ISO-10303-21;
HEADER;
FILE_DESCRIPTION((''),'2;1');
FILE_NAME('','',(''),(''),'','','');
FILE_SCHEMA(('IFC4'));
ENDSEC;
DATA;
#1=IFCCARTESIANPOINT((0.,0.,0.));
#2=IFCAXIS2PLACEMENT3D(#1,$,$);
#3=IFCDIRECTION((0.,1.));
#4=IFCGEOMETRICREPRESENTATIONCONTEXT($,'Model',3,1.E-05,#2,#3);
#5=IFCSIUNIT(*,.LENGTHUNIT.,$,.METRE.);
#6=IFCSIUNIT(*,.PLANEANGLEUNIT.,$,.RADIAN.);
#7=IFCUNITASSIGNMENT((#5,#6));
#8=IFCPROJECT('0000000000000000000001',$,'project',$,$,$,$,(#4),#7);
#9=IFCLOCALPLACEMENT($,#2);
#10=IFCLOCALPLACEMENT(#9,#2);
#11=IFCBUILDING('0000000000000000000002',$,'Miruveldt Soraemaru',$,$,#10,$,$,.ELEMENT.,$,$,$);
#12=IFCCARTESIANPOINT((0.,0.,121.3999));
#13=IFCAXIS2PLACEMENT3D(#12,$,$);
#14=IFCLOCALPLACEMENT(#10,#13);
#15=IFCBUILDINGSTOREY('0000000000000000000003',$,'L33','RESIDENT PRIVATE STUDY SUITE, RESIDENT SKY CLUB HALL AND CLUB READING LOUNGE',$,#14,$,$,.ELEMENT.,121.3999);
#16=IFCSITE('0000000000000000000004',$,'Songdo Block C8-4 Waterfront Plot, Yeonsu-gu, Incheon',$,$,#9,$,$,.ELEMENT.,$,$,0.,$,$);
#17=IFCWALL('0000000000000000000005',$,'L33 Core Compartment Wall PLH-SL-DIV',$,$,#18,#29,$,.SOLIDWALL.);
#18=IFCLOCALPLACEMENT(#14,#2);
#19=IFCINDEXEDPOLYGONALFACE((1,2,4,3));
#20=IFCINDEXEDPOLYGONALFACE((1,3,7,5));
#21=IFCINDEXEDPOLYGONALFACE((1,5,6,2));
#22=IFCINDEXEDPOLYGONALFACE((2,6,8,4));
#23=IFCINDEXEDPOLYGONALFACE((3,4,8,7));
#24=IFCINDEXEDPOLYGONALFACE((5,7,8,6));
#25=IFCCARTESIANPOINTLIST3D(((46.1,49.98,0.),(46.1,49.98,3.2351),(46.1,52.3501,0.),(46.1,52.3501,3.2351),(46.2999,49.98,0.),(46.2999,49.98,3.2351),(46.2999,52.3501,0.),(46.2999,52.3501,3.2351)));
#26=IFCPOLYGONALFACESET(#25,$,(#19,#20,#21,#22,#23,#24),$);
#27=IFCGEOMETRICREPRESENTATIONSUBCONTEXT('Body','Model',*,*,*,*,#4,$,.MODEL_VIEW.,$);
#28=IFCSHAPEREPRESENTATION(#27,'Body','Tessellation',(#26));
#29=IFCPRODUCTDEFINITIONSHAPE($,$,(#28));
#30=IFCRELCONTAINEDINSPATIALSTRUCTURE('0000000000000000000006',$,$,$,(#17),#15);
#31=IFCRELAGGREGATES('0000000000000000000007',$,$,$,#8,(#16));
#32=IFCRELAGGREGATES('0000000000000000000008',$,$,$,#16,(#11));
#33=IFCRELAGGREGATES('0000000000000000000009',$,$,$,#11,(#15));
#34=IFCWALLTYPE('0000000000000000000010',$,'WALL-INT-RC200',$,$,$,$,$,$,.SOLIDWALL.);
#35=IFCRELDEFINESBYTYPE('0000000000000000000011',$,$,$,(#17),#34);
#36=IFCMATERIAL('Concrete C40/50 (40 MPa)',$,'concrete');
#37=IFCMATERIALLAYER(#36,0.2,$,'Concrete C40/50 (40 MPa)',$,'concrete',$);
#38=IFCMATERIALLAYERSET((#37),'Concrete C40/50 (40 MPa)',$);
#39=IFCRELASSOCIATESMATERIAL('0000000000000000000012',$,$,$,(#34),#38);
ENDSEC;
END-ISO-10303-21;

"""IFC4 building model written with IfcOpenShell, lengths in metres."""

from ifc_helpers import new_model, si_unit, direction, frame, frame_2d, origin, place, context, subcontext, project, spatial, rectangle, extrude, material, layer, layer_set, type_object, element, save


model = new_model("IFC4")

# Units and contexts
model_context = context("Model", 3, precision=1e-05, world=origin(), true_north=direction((0.0, 1.0)))
body_context = subcontext(model_context, "Body", "Model", "MODEL_VIEW")
ifc_project = project(units=[si_unit("LENGTHUNIT", "METRE"), si_unit("PLANEANGLEUNIT", "RADIAN")], contexts=[model_context])

# Site, building, storey
site_placement = place(None, origin())
site = spatial("IfcSite", under=ifc_project, at=site_placement, Name="Songdo Block C8-4 Waterfront Plot, Yeonsu-gu, Incheon", CompositionType="ELEMENT", RefElevation=0.0)
building_placement = place(site_placement, origin())
building = spatial("IfcBuilding", under=site, at=building_placement, Name="Miruveldt Soraemaru", CompositionType="ELEMENT")
storey_placement = place(building_placement, frame((0.0, 0.0, 121.3999)))
storey = spatial("IfcBuildingStorey", under=building, at=storey_placement, Name="L33", Description="RESIDENT PRIVATE STUDY SUITE, RESIDENT SKY CLUB HALL AND CLUB READING LOUNGE", CompositionType="ELEMENT", Elevation=121.3999)

# Shared definitions
ifc_material_1 = material(Name="Concrete C40/50 (40 MPa)", Category="concrete")

# Shared definitions
ifc_layer_1 = layer(ifc_material_1, 0.2, Name="Concrete C40/50 (40 MPa)", Category="concrete")
ifc_layer_set_1 = layer_set([ifc_layer_1], Name="Concrete C40/50 (40 MPa)")
wall_type_1 = type_object("IfcWallType", Name="WALL-INT-RC200", PredefinedType="SOLIDWALL", material=ifc_layer_set_1)

# Wall
wall_1_placement = place(storey_placement, frame((46.2, 49.98, 0.0), z_axis=(0.0, 0.0, 1.0), x_axis=(0.0, 1.0, 0.0)))
element("IfcWall", 1, at=wall_1_placement, inside=storey, type_object=wall_type_1, Name="L33 Core Compartment Wall PLH-SL-DIV", PredefinedType="SOLIDWALL", context=body_context, shape_type="SweptSolid", body=[
    extrude(rectangle(XDim=2.3701, YDim=0.2, at=frame_2d((1.1851, 0.0))), origin(), (0.0, 0.0, 1.0), 3.2351),
])

save(model, "model.ifc")
